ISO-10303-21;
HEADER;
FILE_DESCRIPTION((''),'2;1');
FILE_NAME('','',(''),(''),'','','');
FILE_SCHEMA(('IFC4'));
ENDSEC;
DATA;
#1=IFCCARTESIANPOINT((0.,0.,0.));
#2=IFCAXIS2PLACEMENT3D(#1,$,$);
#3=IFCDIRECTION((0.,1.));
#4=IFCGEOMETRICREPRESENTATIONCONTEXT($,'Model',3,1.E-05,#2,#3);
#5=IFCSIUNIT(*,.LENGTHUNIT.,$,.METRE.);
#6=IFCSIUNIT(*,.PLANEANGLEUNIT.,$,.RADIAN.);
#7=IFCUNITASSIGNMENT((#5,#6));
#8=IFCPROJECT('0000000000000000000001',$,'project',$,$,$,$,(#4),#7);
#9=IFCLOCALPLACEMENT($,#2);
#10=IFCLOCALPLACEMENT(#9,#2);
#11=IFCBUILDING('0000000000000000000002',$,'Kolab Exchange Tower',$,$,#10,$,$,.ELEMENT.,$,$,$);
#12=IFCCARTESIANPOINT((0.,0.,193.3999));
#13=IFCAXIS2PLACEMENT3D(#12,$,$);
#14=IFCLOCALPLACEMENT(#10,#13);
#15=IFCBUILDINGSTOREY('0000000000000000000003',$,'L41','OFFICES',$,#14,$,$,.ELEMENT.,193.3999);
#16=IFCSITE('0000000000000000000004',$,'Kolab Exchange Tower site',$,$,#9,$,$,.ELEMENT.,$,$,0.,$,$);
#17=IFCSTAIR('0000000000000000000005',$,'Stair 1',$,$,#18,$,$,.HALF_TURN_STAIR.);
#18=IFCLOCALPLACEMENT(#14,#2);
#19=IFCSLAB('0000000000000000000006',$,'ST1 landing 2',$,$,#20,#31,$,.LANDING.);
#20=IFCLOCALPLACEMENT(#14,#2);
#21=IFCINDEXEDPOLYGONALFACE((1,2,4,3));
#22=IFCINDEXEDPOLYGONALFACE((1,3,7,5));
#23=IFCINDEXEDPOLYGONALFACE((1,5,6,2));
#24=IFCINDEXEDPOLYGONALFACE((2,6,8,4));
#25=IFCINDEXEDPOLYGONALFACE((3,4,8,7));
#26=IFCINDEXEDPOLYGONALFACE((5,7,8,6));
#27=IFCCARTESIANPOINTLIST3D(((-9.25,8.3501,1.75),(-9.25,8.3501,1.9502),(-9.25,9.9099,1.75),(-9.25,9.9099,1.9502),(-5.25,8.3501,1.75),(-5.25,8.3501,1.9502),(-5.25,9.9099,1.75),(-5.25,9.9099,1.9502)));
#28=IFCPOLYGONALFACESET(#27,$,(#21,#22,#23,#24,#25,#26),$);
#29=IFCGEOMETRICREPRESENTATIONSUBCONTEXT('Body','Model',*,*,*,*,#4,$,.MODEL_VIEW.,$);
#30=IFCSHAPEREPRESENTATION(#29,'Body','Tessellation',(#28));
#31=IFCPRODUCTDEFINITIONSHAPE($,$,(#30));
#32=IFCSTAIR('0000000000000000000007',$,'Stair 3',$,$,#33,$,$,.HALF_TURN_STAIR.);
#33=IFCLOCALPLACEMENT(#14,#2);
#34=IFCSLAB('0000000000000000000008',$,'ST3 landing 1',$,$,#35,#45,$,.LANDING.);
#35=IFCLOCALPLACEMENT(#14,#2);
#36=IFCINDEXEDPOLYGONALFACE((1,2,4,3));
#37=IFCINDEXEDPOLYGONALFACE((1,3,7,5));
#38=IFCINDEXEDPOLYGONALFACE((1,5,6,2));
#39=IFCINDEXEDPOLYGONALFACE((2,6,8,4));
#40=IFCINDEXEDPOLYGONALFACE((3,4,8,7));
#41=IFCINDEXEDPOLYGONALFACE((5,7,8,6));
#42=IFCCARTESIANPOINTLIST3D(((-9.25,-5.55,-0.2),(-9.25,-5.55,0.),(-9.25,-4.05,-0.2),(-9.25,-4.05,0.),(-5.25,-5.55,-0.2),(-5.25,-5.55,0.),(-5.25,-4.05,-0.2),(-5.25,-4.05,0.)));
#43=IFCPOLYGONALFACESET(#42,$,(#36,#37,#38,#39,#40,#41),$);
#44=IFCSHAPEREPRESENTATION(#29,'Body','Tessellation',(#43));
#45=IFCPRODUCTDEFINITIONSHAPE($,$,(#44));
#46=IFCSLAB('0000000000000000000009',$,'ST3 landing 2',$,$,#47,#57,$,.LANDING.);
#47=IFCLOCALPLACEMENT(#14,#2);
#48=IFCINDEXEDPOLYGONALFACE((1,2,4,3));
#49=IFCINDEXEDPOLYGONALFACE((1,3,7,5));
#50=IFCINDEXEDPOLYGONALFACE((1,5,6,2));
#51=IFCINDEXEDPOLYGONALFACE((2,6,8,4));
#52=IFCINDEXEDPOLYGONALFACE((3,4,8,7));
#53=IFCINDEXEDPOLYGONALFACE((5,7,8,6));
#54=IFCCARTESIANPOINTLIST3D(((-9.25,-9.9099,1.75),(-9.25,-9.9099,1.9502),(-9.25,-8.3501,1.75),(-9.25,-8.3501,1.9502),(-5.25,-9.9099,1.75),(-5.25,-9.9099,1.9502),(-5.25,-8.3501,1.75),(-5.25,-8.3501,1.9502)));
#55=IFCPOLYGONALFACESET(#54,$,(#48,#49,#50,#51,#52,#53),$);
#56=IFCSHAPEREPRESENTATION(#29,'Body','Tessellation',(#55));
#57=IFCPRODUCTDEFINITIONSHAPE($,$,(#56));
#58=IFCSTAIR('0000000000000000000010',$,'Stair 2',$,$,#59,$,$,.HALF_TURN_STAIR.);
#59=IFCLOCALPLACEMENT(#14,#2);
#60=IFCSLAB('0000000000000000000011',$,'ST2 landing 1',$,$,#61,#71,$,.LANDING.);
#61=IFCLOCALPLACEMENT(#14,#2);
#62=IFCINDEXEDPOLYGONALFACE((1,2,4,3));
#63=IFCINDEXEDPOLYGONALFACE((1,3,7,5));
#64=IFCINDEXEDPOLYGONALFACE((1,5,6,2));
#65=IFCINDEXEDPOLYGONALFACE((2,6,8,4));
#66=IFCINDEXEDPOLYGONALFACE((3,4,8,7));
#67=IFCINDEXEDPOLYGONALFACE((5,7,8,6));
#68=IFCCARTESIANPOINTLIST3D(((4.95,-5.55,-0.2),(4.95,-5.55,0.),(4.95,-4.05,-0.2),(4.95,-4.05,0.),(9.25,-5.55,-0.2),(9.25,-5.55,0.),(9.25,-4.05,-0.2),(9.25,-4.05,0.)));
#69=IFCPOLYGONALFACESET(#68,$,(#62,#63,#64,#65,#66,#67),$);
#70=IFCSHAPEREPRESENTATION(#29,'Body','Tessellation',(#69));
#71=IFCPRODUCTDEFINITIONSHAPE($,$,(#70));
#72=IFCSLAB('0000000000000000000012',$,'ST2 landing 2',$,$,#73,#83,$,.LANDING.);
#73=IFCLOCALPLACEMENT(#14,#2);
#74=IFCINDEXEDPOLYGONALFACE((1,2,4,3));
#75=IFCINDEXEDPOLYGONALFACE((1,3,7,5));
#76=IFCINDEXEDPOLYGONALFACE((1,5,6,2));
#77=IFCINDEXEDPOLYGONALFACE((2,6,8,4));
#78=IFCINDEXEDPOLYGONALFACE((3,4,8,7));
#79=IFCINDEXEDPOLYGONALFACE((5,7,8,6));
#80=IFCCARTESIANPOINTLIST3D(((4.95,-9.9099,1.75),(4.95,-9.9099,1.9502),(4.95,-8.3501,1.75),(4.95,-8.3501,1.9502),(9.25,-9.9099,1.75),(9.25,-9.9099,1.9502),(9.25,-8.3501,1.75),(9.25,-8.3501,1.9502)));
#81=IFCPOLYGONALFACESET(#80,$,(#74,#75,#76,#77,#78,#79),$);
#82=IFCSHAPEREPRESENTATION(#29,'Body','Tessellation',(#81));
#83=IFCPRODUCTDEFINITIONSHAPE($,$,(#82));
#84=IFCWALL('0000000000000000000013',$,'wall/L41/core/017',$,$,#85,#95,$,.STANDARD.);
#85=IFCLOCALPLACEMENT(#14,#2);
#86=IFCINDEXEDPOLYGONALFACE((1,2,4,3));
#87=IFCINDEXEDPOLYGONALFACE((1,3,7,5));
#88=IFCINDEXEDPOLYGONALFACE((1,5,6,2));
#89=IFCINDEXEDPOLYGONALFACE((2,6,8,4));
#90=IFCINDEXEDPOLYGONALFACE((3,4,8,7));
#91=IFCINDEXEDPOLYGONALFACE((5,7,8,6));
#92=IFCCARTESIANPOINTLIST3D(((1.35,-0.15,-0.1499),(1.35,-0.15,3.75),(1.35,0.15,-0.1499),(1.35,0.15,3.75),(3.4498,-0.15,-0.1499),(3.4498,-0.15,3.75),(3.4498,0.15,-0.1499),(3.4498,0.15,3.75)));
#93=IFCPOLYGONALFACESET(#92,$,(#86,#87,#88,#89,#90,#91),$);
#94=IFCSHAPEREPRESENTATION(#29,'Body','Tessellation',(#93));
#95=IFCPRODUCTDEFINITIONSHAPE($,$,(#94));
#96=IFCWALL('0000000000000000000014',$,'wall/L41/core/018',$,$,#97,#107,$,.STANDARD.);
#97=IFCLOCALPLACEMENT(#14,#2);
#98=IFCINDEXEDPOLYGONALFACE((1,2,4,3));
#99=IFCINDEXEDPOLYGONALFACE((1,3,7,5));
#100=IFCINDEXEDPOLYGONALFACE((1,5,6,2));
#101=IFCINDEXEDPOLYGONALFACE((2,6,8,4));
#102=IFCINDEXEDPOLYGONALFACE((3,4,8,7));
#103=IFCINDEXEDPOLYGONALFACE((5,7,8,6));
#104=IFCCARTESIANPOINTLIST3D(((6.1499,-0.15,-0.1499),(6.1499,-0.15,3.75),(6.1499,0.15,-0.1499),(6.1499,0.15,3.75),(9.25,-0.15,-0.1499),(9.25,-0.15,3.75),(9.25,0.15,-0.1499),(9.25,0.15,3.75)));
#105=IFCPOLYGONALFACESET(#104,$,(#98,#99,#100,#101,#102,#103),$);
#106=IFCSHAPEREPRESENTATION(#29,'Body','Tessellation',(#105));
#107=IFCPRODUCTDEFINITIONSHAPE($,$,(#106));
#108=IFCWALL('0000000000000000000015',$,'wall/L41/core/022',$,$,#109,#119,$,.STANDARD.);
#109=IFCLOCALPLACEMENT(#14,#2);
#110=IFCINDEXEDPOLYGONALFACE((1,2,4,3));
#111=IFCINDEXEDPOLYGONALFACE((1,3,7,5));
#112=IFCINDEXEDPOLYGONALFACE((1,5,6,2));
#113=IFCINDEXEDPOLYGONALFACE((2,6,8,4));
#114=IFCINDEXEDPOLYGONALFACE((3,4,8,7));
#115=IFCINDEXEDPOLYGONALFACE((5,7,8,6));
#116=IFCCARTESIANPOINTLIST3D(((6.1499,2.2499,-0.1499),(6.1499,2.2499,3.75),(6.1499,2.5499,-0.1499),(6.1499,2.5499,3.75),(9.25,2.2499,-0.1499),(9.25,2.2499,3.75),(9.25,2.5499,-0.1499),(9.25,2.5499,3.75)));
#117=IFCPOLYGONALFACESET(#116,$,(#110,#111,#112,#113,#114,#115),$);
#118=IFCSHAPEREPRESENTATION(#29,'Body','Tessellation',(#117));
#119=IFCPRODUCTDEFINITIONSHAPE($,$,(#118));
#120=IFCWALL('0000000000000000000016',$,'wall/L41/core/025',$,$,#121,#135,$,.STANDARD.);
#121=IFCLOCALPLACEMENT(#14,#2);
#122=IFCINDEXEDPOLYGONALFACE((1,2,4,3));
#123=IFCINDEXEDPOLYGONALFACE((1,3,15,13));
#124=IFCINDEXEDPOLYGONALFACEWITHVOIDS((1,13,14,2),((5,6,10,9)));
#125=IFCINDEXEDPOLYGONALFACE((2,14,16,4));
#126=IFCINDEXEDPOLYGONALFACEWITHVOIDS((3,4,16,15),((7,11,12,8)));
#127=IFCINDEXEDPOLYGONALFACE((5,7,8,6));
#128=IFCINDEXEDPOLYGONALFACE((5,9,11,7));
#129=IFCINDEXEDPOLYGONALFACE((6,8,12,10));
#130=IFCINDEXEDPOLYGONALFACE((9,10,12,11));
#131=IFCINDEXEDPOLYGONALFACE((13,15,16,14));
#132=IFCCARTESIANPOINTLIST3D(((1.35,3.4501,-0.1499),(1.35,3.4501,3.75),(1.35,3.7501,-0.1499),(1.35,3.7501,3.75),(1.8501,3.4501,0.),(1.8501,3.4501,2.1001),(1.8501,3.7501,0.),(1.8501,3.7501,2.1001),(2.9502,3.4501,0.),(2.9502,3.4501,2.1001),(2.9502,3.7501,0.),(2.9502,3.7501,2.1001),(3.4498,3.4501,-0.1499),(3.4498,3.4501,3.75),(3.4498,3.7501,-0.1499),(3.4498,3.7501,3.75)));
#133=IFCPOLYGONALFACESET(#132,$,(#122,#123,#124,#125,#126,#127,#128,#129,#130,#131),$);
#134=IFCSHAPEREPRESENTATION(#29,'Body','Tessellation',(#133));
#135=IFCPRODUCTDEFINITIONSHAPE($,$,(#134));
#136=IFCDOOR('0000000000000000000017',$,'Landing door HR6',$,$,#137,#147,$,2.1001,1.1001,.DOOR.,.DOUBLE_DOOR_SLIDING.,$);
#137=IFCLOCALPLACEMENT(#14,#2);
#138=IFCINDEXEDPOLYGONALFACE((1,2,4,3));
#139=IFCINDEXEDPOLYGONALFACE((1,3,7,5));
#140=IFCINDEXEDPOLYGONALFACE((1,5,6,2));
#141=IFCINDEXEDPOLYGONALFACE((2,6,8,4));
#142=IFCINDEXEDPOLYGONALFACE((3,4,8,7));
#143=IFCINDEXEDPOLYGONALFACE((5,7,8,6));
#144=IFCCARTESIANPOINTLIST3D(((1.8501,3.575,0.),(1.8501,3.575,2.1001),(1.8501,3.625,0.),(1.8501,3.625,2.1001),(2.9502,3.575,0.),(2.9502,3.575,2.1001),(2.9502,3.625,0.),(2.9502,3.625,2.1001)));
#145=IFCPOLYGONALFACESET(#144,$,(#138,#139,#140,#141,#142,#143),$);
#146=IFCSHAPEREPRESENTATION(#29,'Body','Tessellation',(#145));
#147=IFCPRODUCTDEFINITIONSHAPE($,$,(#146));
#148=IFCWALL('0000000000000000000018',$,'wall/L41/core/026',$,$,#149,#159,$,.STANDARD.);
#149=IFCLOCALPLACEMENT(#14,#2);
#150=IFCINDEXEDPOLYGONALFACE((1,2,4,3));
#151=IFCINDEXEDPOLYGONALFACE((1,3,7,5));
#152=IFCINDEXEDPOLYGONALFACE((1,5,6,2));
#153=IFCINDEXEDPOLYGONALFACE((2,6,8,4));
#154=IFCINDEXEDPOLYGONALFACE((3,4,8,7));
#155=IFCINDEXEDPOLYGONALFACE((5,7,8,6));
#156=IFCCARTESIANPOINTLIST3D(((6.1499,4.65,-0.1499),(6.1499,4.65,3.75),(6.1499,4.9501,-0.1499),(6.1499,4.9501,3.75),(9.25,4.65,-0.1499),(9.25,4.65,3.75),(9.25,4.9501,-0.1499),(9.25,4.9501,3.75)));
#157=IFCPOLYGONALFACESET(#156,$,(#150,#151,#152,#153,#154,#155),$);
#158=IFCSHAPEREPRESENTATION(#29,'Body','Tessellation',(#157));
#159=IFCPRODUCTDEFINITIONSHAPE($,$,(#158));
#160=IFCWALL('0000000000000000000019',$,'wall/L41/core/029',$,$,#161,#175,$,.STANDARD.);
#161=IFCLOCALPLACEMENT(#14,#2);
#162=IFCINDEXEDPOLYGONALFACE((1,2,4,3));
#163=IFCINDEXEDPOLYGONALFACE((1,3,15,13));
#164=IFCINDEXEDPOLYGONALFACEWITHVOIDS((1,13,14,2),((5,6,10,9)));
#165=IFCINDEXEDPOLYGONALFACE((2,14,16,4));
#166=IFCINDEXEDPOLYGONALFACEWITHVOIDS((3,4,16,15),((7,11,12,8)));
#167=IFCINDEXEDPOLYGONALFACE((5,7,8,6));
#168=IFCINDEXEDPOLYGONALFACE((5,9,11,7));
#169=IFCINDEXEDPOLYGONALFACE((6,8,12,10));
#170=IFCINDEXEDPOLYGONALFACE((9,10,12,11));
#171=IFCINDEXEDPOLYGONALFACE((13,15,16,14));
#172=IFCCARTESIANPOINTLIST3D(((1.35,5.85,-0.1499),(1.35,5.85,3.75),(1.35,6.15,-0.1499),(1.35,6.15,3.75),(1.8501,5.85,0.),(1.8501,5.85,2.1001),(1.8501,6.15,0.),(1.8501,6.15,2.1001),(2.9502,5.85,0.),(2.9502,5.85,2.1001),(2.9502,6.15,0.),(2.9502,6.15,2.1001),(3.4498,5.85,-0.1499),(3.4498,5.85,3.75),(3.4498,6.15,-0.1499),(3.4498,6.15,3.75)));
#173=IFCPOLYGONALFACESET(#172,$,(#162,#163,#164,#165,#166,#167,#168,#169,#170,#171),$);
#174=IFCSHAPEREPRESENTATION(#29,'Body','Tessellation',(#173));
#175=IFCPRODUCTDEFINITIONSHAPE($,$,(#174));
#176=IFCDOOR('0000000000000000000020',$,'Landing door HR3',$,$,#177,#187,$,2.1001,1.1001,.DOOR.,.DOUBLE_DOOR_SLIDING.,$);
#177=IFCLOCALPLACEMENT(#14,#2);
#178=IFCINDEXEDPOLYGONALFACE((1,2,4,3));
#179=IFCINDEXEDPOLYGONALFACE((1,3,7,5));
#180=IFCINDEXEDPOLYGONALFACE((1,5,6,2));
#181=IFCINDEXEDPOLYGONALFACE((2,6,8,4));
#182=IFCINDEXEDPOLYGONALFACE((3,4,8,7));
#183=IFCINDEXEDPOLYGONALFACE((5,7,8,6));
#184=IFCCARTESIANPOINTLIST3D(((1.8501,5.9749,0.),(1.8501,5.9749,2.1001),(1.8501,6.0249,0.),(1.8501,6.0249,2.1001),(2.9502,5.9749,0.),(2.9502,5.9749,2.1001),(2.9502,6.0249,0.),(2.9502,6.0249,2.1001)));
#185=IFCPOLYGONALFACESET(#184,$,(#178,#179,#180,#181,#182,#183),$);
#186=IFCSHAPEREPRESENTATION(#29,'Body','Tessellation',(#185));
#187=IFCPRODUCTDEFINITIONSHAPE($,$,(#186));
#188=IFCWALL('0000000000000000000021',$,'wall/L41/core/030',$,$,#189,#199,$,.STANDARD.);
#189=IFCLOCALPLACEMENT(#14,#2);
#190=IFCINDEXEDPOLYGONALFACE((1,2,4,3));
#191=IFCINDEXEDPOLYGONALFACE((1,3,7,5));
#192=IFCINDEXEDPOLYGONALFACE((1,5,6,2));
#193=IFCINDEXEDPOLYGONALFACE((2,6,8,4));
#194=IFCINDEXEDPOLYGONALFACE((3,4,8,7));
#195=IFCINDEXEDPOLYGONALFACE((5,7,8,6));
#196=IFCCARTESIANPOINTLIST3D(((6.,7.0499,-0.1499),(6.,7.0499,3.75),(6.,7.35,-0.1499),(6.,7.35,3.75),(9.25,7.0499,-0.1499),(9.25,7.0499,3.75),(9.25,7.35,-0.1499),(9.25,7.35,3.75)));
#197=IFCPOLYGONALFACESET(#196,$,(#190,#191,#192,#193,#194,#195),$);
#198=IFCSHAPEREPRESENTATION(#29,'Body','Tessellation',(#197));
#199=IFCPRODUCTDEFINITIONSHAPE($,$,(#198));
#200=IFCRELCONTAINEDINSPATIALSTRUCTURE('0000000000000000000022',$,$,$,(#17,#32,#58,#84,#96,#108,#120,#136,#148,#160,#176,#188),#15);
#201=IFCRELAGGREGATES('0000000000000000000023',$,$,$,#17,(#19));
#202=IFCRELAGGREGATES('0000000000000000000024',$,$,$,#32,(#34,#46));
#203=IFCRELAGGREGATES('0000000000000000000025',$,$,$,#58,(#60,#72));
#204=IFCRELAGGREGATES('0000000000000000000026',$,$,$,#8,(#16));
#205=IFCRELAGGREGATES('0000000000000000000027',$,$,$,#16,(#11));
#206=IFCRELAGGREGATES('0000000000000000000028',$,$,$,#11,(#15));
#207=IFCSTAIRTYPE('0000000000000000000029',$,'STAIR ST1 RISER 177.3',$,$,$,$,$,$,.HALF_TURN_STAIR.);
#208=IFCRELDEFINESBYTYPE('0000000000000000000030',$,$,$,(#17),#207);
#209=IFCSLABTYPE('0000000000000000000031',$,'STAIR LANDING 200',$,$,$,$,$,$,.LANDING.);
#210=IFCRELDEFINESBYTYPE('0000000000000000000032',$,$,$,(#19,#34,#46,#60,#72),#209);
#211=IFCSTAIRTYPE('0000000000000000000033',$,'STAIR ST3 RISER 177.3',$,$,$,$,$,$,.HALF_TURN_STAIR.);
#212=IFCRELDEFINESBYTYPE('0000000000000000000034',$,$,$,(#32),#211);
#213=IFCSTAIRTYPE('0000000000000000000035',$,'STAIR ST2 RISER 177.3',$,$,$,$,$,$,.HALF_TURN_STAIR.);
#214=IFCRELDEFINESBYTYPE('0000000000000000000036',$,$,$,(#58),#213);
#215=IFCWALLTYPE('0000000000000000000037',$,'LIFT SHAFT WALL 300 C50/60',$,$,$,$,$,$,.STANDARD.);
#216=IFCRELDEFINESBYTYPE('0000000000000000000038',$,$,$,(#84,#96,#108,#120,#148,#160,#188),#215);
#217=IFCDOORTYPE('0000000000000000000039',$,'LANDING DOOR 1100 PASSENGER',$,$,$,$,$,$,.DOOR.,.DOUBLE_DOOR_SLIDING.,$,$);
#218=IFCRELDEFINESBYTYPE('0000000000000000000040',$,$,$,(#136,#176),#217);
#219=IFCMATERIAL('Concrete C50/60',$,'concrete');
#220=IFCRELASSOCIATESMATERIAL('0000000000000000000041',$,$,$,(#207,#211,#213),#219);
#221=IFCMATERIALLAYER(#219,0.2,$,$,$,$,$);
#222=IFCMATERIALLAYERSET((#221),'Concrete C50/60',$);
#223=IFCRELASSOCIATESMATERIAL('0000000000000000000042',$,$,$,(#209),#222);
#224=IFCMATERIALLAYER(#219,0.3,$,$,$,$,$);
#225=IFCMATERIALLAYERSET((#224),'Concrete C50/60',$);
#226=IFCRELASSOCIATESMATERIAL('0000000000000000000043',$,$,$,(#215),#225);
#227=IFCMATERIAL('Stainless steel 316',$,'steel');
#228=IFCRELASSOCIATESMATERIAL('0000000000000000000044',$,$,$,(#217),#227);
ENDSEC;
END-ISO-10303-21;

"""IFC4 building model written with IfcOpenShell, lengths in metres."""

from ifc_helpers import new_model, si_unit, direction, frame, frame_2d, origin, place, context, subcontext, project, spatial, polyline, rectangle, outline, extrude, material, layer, layer_set, type_object, element, fill, aggregate, save


model = new_model("IFC4")

# Units and contexts
model_context = context("Model", 3, precision=1e-05, world=origin(), true_north=direction((0.0, 1.0)))
body_context = subcontext(model_context, "Body", "Model", "MODEL_VIEW")
ifc_project = project(units=[si_unit("LENGTHUNIT", "METRE"), si_unit("PLANEANGLEUNIT", "RADIAN")], contexts=[model_context])

# Site, building, storey
site_placement = place(None, origin())
site = spatial("IfcSite", under=ifc_project, at=site_placement, Name="Kolab Exchange Tower site", CompositionType="ELEMENT", RefElevation=0.0)
building_placement = place(site_placement, origin())
building = spatial("IfcBuilding", under=site, at=building_placement, Name="Kolab Exchange Tower", CompositionType="ELEMENT")
storey_placement = place(building_placement, frame((0.0, 0.0, 193.3999)))
storey = spatial("IfcBuildingStorey", under=building, at=storey_placement, Name="L41", Description="OFFICES", CompositionType="ELEMENT", Elevation=193.3999)

# Stairs, slabs
ifc_material_1 = material(Name="Concrete C50/60", Category="concrete")
stair_type_1 = type_object("IfcStairType", Name="STAIR ST1 RISER 177.3", PredefinedType="HALF_TURN_STAIR", material=ifc_material_1)
stair_1_placement = place(storey_placement, origin())
stair_1 = element("IfcStair", 1, at=stair_1_placement, inside=storey, type_object=stair_type_1, Name="Stair 1", PredefinedType="HALF_TURN_STAIR")
ifc_layer_1 = layer(ifc_material_1, 0.2)
ifc_layer_set_1 = layer_set([ifc_layer_1], Name="Concrete C50/60")
slab_type_1 = type_object("IfcSlabType", Name="STAIR LANDING 200", PredefinedType="LANDING", material=ifc_layer_set_1)
slab_1_placement = place(storey_placement, frame((0.0, 0.0, 1.75)))
slab_1 = element("IfcSlab", 2, at=slab_1_placement, type_object=slab_type_1, Name="ST1 landing 2", PredefinedType="LANDING", context=body_context, shape_type="SweptSolid", body=[
    extrude(outline(polyline([(-9.25, 8.3501), (-5.25, 8.3501), (-5.25, 9.9099), (-9.25, 9.9099), (-9.25, 8.3501)])), origin(), (0.0, 0.0, 1.0), 0.2002),
])
aggregate(stair_1, [slab_1])
stair_type_2 = type_object("IfcStairType", Name="STAIR ST3 RISER 177.3", PredefinedType="HALF_TURN_STAIR", material=ifc_material_1)
stair_2_placement = place(storey_placement, origin())
stair_2 = element("IfcStair", 3, at=stair_2_placement, inside=storey, type_object=stair_type_2, Name="Stair 3", PredefinedType="HALF_TURN_STAIR")
slab_2_placement = place(storey_placement, frame((0.0, 0.0, -0.2)))
slab_2 = element("IfcSlab", 4, at=slab_2_placement, type_object=slab_type_1, Name="ST3 landing 1", PredefinedType="LANDING", context=body_context, shape_type="SweptSolid", body=[
    extrude(outline(polyline([(-9.25, -5.55), (-5.25, -5.55), (-5.25, -4.05), (-9.25, -4.05), (-9.25, -5.55)])), origin(), (0.0, 0.0, 1.0), 0.2),
])
slab_3_placement = place(storey_placement, frame((0.0, 0.0, 1.75)))
slab_3 = element("IfcSlab", 5, at=slab_3_placement, type_object=slab_type_1, Name="ST3 landing 2", PredefinedType="LANDING", context=body_context, shape_type="SweptSolid", body=[
    extrude(outline(polyline([(-9.25, -9.9099), (-5.25, -9.9099), (-5.25, -8.3501), (-9.25, -8.3501), (-9.25, -9.9099)])), origin(), (0.0, 0.0, 1.0), 0.2002),
])
aggregate(stair_2, [slab_2, slab_3])
stair_type_3 = type_object("IfcStairType", Name="STAIR ST2 RISER 177.3", PredefinedType="HALF_TURN_STAIR", material=ifc_material_1)
stair_3_placement = place(storey_placement, origin())
stair_3 = element("IfcStair", 6, at=stair_3_placement, inside=storey, type_object=stair_type_3, Name="Stair 2", PredefinedType="HALF_TURN_STAIR")
slab_4_placement = place(storey_placement, frame((0.0, 0.0, -0.2)))
slab_4 = element("IfcSlab", 7, at=slab_4_placement, type_object=slab_type_1, Name="ST2 landing 1", PredefinedType="LANDING", context=body_context, shape_type="SweptSolid", body=[
    extrude(outline(polyline([(4.95, -5.55), (9.25, -5.55), (9.25, -4.05), (4.95, -4.05), (4.95, -5.55)])), origin(), (0.0, 0.0, 1.0), 0.2),
])
slab_5_placement = place(storey_placement, frame((0.0, 0.0, 1.75)))
slab_5 = element("IfcSlab", 8, at=slab_5_placement, type_object=slab_type_1, Name="ST2 landing 2", PredefinedType="LANDING", context=body_context, shape_type="SweptSolid", body=[
    extrude(outline(polyline([(4.95, -9.9099), (9.25, -9.9099), (9.25, -8.3501), (4.95, -8.3501), (4.95, -9.9099)])), origin(), (0.0, 0.0, 1.0), 0.2002),
])
aggregate(stair_3, [slab_4, slab_5])

# Walls
ifc_layer_2 = layer(ifc_material_1, 0.3)
ifc_layer_set_2 = layer_set([ifc_layer_2], Name="Concrete C50/60")
wall_type_1 = type_object("IfcWallType", Name="LIFT SHAFT WALL 300 C50/60", PredefinedType="STANDARD", material=ifc_layer_set_2)
wall_1_placement = place(storey_placement, frame((1.3501, 0.0, -0.1499), z_axis=(0.0, 0.0, 1.0), x_axis=(1.0, 0.0, 0.0)))
element("IfcWall", 9, at=wall_1_placement, inside=storey, type_object=wall_type_1, Name="wall/L41/core/017", PredefinedType="STANDARD", context=body_context, shape_type="SweptSolid", body=[
    extrude(rectangle(XDim=2.0999, YDim=0.3, at=frame_2d((1.0498, 0.0))), origin(), (0.0, 0.0, 1.0), 3.8999),
])
for number, where, z_axis, x_axis, name in (
    (10, (6.1499, 0.0, -0.1499), (0.0, 0.0, 1.0), (1.0, 0.0, 0.0), "wall/L41/core/018"),
    (11, (6.1499, 2.3999, -0.1499), (0.0, 0.0, 1.0), (1.0, 0.0, 0.0), "wall/L41/core/022"),
):
    element("IfcWall", number, at=place(storey_placement, frame(where, z_axis=z_axis, x_axis=x_axis)), inside=storey, type_object=wall_type_1, Name=name, PredefinedType="STANDARD", context=body_context, shape_type="SweptSolid", body=[
        extrude(rectangle(XDim=3.1001, YDim=0.3, at=frame_2d((1.55, 0.0))), origin(), (0.0, 0.0, 1.0), 3.8999),
    ])

# Wall, opening, door
wall_2_placement = place(storey_placement, frame((1.3501, 3.6001, -0.1499), z_axis=(0.0, 0.0, 1.0), x_axis=(1.0, 0.0, 0.0)))
wall_2 = element("IfcWall", 12, at=wall_2_placement, inside=storey, type_object=wall_type_1, Name="wall/L41/core/025", PredefinedType="STANDARD", context=body_context, shape_type="SweptSolid", body=[
    extrude(rectangle(XDim=2.0999, YDim=0.3, at=frame_2d((1.0498, 0.0))), origin(), (0.0, 0.0, 1.0), 3.8999),
])
opening_1_placement = place(wall_2_placement, frame((0.5, 0.0, 0.1499)))
opening_1 = element("IfcOpeningElement", 13, at=opening_1_placement, cuts=wall_2, PredefinedType="OPENING", context=body_context, shape_type="SweptSolid", body=[
    extrude(rectangle(XDim=1.1001, YDim=2.1001, at=frame_2d((0.55, 1.05))), frame((0.0, 0.1602, 0.0), z_axis=(0.0, -1.0, 0.0), x_axis=(1.0, 0.0, 0.0)), (0.0, 0.0, 1.0), 0.3201),
])
ifc_material_2 = material(Name="Stainless steel 316", Category="steel")
door_type_1 = type_object("IfcDoorType", Name="LANDING DOOR 1100 PASSENGER", OperationType="DOUBLE_DOOR_SLIDING", PredefinedType="DOOR", material=ifc_material_2)
door_1_placement = place(opening_1_placement, origin())
door_1 = element("IfcDoor", 14, at=door_1_placement, inside=storey, type_object=door_type_1, Name="Landing door HR6", OperationType="DOUBLE_DOOR_SLIDING", OverallHeight=2.1001, OverallWidth=1.1001, PredefinedType="DOOR", context=body_context, shape_type="SweptSolid", body=[
    extrude(rectangle(XDim=1.1001, YDim=2.1001, at=frame_2d((0.55, 1.05))), frame((0.0, 0.0249, 0.0), z_axis=(0.0, -1.0, 0.0), x_axis=(1.0, 0.0, 0.0)), (0.0, 0.0, 1.0), 0.05),
])
fill(opening_1, door_1)

# Wall
wall_3_placement = place(storey_placement, frame((6.1499, 4.8, -0.1499), z_axis=(0.0, 0.0, 1.0), x_axis=(1.0, 0.0, 0.0)))
element("IfcWall", 15, at=wall_3_placement, inside=storey, type_object=wall_type_1, Name="wall/L41/core/026", PredefinedType="STANDARD", context=body_context, shape_type="SweptSolid", body=[
    extrude(rectangle(XDim=3.1001, YDim=0.3, at=frame_2d((1.55, 0.0))), origin(), (0.0, 0.0, 1.0), 3.8999),
])

# Wall, opening, door
wall_4_placement = place(storey_placement, frame((1.3501, 6.0, -0.1499), z_axis=(0.0, 0.0, 1.0), x_axis=(1.0, 0.0, 0.0)))
wall_4 = element("IfcWall", 16, at=wall_4_placement, inside=storey, type_object=wall_type_1, Name="wall/L41/core/029", PredefinedType="STANDARD", context=body_context, shape_type="SweptSolid", body=[
    extrude(rectangle(XDim=2.0999, YDim=0.3, at=frame_2d((1.0498, 0.0))), origin(), (0.0, 0.0, 1.0), 3.8999),
])
opening_2_placement = place(wall_4_placement, frame((0.5, 0.0, 0.1499)))
opening_2 = element("IfcOpeningElement", 17, at=opening_2_placement, cuts=wall_4, PredefinedType="OPENING", context=body_context, shape_type="SweptSolid", body=[
    extrude(rectangle(XDim=1.1001, YDim=2.1001, at=frame_2d((0.55, 1.05))), frame((0.0, 0.1602, 0.0), z_axis=(0.0, -1.0, 0.0), x_axis=(1.0, 0.0, 0.0)), (0.0, 0.0, 1.0), 0.3201),
])
door_2_placement = place(opening_2_placement, origin())
door_2 = element("IfcDoor", 18, at=door_2_placement, inside=storey, type_object=door_type_1, Name="Landing door HR3", OperationType="DOUBLE_DOOR_SLIDING", OverallHeight=2.1001, OverallWidth=1.1001, PredefinedType="DOOR", context=body_context, shape_type="SweptSolid", body=[
    extrude(rectangle(XDim=1.1001, YDim=2.1001, at=frame_2d((0.55, 1.05))), frame((0.0, 0.0249, 0.0), z_axis=(0.0, -1.0, 0.0), x_axis=(1.0, 0.0, 0.0)), (0.0, 0.0, 1.0), 0.05),
])
fill(opening_2, door_2)

# Wall
wall_5_placement = place(storey_placement, frame((6.0, 7.2, -0.1499), z_axis=(0.0, 0.0, 1.0), x_axis=(1.0, 0.0, 0.0)))
element("IfcWall", 19, at=wall_5_placement, inside=storey, type_object=wall_type_1, Name="wall/L41/core/030", PredefinedType="STANDARD", context=body_context, shape_type="SweptSolid", body=[
    extrude(rectangle(XDim=3.25, YDim=0.3, at=frame_2d((1.625, 0.0))), origin(), (0.0, 0.0, 1.0), 3.8999),
])

save(model, "model.ifc")
